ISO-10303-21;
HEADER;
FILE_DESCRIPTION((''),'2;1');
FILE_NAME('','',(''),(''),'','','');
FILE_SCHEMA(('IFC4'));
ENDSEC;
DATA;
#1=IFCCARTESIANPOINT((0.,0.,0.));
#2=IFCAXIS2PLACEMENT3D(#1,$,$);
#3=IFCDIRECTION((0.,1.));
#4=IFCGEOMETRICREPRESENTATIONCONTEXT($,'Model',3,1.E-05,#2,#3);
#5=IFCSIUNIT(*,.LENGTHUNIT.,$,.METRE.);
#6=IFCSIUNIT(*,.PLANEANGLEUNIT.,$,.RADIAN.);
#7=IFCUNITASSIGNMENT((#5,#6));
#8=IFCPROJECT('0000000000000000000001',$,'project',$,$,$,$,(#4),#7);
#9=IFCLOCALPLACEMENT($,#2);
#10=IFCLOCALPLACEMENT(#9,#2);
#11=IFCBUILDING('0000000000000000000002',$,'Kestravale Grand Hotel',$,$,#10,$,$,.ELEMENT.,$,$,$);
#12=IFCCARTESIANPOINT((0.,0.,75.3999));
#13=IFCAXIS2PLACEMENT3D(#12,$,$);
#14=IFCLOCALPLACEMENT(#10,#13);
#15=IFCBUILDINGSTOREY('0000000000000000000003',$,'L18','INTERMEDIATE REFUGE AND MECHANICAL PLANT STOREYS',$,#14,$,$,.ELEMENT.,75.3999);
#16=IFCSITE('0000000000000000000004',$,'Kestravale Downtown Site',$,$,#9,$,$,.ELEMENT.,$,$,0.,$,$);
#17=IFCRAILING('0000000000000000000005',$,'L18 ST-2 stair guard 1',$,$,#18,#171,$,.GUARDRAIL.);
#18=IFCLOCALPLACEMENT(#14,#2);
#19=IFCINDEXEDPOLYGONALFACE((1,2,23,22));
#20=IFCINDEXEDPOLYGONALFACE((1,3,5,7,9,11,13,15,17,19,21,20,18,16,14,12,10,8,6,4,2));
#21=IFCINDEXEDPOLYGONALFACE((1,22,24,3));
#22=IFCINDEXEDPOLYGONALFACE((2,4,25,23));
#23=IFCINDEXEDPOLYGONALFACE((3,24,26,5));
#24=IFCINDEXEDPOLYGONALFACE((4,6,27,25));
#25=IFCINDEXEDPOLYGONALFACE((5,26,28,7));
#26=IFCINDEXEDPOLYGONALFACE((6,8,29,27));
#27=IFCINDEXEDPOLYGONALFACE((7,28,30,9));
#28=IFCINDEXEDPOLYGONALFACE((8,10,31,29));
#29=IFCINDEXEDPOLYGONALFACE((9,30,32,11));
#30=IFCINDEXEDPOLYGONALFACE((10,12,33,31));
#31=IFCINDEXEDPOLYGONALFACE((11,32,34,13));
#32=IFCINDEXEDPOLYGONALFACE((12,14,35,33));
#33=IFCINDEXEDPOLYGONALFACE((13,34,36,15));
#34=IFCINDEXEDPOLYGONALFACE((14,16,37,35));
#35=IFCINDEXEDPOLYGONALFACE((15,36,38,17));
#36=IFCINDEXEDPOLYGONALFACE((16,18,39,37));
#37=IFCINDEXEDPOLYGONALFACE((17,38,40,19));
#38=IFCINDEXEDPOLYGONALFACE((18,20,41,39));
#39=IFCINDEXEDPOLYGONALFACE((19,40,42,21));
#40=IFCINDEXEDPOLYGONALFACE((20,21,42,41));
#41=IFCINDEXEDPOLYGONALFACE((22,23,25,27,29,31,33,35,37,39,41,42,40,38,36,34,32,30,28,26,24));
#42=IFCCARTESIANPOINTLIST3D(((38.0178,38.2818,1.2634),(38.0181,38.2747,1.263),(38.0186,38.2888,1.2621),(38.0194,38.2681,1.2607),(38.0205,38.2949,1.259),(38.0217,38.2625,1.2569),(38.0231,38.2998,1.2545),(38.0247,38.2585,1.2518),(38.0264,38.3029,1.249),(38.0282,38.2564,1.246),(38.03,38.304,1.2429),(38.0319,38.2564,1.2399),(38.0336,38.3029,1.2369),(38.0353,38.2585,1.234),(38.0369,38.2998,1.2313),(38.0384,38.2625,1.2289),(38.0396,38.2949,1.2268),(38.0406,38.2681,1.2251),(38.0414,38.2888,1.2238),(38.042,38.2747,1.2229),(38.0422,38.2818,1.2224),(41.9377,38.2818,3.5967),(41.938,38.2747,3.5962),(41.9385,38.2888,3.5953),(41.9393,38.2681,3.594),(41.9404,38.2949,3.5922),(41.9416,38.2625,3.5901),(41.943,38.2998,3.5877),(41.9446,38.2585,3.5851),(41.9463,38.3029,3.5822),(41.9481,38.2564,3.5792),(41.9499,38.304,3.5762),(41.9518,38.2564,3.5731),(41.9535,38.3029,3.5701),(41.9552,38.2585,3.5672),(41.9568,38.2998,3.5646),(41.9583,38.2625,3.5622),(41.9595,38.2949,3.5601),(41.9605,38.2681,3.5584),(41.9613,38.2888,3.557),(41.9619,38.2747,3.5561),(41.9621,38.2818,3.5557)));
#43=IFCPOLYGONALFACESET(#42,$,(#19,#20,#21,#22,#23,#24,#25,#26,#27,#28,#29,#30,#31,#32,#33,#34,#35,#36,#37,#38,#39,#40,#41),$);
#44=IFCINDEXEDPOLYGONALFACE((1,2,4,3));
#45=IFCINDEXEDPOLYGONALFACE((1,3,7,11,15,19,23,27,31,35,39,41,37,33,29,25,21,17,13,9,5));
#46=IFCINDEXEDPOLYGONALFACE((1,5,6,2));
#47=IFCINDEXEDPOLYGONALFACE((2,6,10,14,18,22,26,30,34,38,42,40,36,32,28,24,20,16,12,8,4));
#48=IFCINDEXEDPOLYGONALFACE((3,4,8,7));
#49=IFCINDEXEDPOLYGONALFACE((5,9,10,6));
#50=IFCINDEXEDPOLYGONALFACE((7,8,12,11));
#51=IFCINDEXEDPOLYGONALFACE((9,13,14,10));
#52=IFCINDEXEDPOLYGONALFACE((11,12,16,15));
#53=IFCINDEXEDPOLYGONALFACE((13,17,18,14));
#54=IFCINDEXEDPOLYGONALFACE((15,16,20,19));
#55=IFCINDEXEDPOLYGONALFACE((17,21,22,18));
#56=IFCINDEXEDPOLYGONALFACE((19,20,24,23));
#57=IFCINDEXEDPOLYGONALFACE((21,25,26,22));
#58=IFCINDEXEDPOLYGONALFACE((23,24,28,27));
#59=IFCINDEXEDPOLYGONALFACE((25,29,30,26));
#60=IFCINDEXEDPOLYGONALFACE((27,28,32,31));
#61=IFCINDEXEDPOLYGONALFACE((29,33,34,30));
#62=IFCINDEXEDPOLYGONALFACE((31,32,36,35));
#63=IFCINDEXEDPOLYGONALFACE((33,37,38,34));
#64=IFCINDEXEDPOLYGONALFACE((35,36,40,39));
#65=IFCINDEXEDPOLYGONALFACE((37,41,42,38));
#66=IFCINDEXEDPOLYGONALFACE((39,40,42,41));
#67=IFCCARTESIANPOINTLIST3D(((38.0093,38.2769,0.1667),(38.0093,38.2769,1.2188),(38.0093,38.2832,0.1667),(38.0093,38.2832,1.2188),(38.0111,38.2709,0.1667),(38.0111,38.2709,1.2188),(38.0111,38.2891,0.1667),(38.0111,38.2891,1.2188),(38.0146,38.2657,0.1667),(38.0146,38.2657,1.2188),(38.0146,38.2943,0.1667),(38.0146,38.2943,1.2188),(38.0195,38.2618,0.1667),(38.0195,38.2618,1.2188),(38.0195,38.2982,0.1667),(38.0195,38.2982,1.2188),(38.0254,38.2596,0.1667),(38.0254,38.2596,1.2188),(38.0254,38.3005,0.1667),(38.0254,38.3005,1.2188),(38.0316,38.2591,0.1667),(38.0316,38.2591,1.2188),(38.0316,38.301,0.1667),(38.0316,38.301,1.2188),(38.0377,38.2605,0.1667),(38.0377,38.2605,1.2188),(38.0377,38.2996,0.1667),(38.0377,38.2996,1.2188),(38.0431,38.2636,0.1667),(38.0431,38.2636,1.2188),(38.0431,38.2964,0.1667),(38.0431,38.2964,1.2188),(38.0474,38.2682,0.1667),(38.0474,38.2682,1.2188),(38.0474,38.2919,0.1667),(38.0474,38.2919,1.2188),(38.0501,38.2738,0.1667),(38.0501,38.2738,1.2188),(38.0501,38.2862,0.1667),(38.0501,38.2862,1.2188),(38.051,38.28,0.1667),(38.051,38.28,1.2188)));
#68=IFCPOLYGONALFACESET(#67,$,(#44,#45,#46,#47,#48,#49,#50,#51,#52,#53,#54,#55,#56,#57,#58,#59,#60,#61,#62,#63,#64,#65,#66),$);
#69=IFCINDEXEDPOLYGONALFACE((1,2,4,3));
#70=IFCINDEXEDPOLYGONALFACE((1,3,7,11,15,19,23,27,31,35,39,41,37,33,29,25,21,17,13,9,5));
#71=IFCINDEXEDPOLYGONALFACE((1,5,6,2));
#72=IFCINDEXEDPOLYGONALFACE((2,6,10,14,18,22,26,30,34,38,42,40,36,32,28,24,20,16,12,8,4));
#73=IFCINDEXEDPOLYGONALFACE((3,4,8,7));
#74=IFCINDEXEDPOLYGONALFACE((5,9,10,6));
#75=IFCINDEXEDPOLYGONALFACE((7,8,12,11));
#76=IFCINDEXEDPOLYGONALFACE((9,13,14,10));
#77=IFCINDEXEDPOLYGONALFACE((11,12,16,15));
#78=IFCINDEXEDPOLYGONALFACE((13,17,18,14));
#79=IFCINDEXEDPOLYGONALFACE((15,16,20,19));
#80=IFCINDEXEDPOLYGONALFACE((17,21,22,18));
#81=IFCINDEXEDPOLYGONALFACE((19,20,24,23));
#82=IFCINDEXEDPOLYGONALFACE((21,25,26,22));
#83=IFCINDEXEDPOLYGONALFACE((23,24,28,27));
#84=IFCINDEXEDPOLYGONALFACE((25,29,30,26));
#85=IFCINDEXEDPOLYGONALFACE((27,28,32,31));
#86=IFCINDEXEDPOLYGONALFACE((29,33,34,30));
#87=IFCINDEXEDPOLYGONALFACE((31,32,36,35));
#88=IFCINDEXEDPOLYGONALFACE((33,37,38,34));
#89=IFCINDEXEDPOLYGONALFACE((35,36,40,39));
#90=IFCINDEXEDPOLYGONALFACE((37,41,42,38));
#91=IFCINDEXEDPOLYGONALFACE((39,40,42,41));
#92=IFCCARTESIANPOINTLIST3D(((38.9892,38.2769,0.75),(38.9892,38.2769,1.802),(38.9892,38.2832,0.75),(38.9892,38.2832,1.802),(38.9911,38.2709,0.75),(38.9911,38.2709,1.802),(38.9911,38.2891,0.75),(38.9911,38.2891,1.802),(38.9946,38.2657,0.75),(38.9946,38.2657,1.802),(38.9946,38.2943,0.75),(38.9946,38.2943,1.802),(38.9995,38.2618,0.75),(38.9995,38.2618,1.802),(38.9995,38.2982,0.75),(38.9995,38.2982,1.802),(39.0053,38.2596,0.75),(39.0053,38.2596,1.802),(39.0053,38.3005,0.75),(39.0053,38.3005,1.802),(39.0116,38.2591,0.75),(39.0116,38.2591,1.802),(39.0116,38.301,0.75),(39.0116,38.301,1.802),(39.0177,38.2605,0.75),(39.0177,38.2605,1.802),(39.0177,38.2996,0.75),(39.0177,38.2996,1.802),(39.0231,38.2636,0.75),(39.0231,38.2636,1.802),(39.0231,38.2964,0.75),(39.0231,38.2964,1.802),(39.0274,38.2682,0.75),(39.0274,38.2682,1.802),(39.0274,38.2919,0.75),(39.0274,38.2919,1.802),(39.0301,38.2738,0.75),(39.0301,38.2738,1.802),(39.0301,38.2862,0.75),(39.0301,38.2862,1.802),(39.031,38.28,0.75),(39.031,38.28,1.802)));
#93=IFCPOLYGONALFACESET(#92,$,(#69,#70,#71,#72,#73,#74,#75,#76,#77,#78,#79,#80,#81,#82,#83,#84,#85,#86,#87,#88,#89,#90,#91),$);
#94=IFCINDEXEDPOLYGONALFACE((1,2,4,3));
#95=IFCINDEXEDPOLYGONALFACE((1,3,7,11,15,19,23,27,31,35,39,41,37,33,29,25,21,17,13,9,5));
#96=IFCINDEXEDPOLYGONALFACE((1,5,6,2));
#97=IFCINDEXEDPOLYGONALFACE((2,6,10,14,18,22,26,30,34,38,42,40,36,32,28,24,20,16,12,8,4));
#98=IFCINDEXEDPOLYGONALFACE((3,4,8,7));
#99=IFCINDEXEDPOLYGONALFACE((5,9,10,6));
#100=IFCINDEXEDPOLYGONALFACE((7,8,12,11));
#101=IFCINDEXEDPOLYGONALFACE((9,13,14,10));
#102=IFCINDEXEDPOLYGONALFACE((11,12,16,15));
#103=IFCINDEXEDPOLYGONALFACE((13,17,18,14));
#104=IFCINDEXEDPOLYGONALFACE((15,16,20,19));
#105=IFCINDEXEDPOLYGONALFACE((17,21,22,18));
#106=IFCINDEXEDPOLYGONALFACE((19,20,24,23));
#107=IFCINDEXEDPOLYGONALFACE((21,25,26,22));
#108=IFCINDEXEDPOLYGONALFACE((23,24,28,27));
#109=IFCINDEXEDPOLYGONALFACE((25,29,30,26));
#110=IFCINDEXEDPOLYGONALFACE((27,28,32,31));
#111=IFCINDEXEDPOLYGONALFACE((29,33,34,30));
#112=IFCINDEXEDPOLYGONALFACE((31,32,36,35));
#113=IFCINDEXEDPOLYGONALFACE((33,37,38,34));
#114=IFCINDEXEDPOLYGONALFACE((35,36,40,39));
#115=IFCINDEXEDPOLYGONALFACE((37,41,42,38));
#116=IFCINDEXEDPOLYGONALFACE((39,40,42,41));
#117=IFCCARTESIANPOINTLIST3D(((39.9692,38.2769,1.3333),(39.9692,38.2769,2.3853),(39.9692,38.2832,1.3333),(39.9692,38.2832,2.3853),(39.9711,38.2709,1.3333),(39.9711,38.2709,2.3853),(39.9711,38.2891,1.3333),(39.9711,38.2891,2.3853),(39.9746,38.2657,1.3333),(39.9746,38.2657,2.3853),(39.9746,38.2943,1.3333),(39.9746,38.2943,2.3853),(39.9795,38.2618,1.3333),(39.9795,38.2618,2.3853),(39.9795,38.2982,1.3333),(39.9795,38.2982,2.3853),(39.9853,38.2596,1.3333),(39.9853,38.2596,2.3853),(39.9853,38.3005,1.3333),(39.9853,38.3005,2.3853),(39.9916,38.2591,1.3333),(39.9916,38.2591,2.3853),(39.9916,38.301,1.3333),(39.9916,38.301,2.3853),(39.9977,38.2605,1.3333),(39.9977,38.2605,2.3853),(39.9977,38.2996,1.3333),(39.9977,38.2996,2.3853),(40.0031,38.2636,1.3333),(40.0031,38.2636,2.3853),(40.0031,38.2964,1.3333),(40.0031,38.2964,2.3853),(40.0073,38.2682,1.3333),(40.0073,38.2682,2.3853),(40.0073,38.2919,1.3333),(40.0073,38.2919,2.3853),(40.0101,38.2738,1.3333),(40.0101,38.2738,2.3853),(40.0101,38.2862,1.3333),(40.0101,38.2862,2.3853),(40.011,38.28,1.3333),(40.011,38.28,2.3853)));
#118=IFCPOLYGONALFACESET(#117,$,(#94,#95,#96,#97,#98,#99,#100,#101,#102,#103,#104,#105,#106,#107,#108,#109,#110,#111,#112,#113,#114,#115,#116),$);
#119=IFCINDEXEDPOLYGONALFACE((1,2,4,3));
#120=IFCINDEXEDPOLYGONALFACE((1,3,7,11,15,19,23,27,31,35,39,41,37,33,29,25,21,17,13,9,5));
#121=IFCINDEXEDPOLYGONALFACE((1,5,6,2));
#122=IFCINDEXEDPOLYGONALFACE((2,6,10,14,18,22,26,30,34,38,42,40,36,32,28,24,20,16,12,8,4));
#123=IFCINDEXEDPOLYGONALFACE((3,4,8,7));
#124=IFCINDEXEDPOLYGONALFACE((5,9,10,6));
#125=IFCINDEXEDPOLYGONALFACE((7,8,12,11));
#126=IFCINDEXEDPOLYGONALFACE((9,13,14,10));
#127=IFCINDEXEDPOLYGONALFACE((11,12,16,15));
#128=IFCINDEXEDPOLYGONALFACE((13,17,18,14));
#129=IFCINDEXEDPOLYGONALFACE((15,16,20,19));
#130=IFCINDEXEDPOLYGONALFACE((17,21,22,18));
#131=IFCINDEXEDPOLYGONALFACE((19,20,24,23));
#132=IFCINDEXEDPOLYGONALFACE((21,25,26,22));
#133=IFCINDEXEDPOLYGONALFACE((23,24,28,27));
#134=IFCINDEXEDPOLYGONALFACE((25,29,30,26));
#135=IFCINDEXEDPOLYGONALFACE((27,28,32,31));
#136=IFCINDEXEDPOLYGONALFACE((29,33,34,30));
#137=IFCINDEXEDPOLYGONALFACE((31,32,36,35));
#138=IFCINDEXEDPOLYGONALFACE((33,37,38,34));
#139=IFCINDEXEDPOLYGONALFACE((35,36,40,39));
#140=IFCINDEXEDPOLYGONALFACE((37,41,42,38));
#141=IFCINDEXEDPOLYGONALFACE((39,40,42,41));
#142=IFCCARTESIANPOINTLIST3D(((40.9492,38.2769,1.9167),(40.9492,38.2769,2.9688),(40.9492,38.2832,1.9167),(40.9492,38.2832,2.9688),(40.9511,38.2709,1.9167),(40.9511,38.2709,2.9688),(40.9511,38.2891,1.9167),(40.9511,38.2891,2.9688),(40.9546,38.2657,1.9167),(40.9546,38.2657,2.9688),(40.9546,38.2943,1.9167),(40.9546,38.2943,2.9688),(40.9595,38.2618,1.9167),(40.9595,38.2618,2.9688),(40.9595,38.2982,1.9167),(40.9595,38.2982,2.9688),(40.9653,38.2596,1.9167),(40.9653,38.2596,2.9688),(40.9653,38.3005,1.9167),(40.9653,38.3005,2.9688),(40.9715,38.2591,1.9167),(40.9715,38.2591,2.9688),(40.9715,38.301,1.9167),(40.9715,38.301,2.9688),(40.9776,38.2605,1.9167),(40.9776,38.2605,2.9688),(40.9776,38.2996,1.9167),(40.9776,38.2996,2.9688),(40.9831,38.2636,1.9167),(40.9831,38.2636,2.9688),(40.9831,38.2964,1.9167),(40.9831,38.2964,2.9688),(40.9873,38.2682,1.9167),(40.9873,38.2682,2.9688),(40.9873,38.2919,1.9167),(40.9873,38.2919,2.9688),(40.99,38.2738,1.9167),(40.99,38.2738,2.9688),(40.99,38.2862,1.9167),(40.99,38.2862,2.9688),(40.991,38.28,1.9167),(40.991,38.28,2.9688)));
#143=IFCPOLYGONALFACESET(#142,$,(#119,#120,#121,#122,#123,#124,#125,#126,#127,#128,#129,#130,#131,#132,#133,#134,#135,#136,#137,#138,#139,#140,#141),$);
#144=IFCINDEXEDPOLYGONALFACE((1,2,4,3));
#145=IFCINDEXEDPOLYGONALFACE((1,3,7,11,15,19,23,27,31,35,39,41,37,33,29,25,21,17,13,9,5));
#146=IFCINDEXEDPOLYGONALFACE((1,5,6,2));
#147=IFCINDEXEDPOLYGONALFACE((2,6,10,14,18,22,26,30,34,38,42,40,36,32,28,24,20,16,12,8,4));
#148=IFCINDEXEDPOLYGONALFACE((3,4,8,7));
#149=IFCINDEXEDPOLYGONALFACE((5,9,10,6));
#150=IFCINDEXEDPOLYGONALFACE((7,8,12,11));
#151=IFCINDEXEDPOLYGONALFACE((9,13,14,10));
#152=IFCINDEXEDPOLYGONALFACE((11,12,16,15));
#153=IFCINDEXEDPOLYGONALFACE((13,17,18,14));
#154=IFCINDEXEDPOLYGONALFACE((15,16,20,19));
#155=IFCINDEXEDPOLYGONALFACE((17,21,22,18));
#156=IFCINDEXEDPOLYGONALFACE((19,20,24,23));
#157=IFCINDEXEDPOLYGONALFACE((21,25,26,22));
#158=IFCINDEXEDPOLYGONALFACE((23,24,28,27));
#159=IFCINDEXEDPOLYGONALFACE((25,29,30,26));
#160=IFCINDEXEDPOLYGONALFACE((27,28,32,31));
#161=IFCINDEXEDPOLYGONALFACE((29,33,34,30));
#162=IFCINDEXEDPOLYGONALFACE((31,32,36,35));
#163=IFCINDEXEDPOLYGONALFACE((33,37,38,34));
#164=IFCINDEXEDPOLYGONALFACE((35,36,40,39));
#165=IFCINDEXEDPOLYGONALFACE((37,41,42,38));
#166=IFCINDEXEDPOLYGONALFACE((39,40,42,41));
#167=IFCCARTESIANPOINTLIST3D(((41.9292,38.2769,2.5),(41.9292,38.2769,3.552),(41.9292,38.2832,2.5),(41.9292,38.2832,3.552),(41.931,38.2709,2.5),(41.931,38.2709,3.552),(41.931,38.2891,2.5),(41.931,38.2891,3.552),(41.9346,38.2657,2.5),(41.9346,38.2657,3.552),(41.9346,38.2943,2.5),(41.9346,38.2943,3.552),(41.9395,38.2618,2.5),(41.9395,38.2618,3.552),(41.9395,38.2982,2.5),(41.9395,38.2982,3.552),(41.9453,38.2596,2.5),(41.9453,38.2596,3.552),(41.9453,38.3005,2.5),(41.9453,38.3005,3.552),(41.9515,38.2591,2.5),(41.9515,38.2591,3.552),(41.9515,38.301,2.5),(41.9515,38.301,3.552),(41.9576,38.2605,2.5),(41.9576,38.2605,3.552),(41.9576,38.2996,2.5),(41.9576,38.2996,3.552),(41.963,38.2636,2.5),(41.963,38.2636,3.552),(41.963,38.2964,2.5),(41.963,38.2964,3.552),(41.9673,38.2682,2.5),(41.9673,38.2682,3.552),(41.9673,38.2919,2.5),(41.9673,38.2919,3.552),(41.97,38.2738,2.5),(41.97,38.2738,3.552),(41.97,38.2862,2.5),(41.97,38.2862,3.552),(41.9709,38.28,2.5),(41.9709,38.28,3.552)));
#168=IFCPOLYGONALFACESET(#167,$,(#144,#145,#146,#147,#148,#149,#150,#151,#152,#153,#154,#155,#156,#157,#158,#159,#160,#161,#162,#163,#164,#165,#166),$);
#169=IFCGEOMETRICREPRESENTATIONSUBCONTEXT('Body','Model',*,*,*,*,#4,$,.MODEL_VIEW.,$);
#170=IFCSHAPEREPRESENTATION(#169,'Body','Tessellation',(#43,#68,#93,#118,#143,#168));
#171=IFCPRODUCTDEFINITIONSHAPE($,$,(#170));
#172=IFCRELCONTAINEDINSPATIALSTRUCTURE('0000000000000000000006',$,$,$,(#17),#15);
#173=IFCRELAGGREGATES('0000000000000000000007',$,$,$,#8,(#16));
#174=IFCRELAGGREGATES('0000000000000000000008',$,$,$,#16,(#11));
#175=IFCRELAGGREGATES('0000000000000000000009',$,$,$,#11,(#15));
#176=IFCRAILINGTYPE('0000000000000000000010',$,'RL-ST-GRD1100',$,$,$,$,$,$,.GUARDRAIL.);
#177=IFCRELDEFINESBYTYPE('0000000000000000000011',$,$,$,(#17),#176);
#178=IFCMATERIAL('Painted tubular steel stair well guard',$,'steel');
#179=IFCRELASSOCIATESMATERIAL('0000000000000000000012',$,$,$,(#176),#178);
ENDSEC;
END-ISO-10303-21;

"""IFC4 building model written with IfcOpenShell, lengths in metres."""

from ifc_helpers import new_model, si_unit, direction, frame, origin, origin_2d, place, context, subcontext, project, spatial, circle, extrude, material, type_object, element, save


model = new_model("IFC4")

# Units and contexts
model_context = context("Model", 3, precision=1e-05, world=origin(), true_north=direction((0.0, 1.0)))
body_context = subcontext(model_context, "Body", "Model", "MODEL_VIEW")
ifc_project = project(units=[si_unit("LENGTHUNIT", "METRE"), si_unit("PLANEANGLEUNIT", "RADIAN")], contexts=[model_context])

# Site, building, storey
site_placement = place(None, origin())
site = spatial("IfcSite", under=ifc_project, at=site_placement, Name="Kestravale Downtown Site", CompositionType="ELEMENT", RefElevation=0.0)
building_placement = place(site_placement, origin())
building = spatial("IfcBuilding", under=site, at=building_placement, Name="Kestravale Grand Hotel", CompositionType="ELEMENT")
storey_placement = place(building_placement, frame((0.0, 0.0, 75.3999)))
storey = spatial("IfcBuildingStorey", under=building, at=storey_placement, Name="L18", Description="INTERMEDIATE REFUGE AND MECHANICAL PLANT STOREYS", CompositionType="ELEMENT", Elevation=75.3999)

# Railing
ifc_material_1 = material(Name="Painted tubular steel stair well guard", Category="steel")
railing_type_1 = type_object("IfcRailingType", Name="RL-ST-GRD1100", PredefinedType="GUARDRAIL", material=ifc_material_1)
railing_1_placement = place(storey_placement, frame((38.03, 38.28, 0.1667)))
element("IfcRailing", 1, at=railing_1_placement, inside=storey, type_object=railing_type_1, Name="L18 ST-2 stair guard 1", PredefinedType="GUARDRAIL", context=body_context, shape_type="SweptSolid", body=[
    extrude(circle(Radius=0.0239, at=origin_2d()), frame((0.0, 0.0, 1.0762), z_axis=(0.859296, 0.0, 0.511478), x_axis=(0.0, 1.0, 0.0)), (0.0, 0.0, 1.0), 4.5618),
    extrude(circle(Radius=0.021, at=origin_2d()), origin(), (0.0, 0.0, 1.0), 1.052),
    extrude(circle(Radius=0.021, at=origin_2d()), frame((0.98, 0.0, 0.5833)), (0.0, 0.0, 1.0), 1.052),
    extrude(circle(Radius=0.021, at=origin_2d()), frame((1.96, 0.0, 1.1665)), (0.0, 0.0, 1.0), 1.052),
    extrude(circle(Radius=0.021, at=origin_2d()), frame((2.9399, 0.0, 1.75)), (0.0, 0.0, 1.0), 1.052),
    extrude(circle(Radius=0.021, at=origin_2d()), frame((3.9199, 0.0, 2.3333)), (0.0, 0.0, 1.0), 1.052),
])

save(model, "model.ifc")
